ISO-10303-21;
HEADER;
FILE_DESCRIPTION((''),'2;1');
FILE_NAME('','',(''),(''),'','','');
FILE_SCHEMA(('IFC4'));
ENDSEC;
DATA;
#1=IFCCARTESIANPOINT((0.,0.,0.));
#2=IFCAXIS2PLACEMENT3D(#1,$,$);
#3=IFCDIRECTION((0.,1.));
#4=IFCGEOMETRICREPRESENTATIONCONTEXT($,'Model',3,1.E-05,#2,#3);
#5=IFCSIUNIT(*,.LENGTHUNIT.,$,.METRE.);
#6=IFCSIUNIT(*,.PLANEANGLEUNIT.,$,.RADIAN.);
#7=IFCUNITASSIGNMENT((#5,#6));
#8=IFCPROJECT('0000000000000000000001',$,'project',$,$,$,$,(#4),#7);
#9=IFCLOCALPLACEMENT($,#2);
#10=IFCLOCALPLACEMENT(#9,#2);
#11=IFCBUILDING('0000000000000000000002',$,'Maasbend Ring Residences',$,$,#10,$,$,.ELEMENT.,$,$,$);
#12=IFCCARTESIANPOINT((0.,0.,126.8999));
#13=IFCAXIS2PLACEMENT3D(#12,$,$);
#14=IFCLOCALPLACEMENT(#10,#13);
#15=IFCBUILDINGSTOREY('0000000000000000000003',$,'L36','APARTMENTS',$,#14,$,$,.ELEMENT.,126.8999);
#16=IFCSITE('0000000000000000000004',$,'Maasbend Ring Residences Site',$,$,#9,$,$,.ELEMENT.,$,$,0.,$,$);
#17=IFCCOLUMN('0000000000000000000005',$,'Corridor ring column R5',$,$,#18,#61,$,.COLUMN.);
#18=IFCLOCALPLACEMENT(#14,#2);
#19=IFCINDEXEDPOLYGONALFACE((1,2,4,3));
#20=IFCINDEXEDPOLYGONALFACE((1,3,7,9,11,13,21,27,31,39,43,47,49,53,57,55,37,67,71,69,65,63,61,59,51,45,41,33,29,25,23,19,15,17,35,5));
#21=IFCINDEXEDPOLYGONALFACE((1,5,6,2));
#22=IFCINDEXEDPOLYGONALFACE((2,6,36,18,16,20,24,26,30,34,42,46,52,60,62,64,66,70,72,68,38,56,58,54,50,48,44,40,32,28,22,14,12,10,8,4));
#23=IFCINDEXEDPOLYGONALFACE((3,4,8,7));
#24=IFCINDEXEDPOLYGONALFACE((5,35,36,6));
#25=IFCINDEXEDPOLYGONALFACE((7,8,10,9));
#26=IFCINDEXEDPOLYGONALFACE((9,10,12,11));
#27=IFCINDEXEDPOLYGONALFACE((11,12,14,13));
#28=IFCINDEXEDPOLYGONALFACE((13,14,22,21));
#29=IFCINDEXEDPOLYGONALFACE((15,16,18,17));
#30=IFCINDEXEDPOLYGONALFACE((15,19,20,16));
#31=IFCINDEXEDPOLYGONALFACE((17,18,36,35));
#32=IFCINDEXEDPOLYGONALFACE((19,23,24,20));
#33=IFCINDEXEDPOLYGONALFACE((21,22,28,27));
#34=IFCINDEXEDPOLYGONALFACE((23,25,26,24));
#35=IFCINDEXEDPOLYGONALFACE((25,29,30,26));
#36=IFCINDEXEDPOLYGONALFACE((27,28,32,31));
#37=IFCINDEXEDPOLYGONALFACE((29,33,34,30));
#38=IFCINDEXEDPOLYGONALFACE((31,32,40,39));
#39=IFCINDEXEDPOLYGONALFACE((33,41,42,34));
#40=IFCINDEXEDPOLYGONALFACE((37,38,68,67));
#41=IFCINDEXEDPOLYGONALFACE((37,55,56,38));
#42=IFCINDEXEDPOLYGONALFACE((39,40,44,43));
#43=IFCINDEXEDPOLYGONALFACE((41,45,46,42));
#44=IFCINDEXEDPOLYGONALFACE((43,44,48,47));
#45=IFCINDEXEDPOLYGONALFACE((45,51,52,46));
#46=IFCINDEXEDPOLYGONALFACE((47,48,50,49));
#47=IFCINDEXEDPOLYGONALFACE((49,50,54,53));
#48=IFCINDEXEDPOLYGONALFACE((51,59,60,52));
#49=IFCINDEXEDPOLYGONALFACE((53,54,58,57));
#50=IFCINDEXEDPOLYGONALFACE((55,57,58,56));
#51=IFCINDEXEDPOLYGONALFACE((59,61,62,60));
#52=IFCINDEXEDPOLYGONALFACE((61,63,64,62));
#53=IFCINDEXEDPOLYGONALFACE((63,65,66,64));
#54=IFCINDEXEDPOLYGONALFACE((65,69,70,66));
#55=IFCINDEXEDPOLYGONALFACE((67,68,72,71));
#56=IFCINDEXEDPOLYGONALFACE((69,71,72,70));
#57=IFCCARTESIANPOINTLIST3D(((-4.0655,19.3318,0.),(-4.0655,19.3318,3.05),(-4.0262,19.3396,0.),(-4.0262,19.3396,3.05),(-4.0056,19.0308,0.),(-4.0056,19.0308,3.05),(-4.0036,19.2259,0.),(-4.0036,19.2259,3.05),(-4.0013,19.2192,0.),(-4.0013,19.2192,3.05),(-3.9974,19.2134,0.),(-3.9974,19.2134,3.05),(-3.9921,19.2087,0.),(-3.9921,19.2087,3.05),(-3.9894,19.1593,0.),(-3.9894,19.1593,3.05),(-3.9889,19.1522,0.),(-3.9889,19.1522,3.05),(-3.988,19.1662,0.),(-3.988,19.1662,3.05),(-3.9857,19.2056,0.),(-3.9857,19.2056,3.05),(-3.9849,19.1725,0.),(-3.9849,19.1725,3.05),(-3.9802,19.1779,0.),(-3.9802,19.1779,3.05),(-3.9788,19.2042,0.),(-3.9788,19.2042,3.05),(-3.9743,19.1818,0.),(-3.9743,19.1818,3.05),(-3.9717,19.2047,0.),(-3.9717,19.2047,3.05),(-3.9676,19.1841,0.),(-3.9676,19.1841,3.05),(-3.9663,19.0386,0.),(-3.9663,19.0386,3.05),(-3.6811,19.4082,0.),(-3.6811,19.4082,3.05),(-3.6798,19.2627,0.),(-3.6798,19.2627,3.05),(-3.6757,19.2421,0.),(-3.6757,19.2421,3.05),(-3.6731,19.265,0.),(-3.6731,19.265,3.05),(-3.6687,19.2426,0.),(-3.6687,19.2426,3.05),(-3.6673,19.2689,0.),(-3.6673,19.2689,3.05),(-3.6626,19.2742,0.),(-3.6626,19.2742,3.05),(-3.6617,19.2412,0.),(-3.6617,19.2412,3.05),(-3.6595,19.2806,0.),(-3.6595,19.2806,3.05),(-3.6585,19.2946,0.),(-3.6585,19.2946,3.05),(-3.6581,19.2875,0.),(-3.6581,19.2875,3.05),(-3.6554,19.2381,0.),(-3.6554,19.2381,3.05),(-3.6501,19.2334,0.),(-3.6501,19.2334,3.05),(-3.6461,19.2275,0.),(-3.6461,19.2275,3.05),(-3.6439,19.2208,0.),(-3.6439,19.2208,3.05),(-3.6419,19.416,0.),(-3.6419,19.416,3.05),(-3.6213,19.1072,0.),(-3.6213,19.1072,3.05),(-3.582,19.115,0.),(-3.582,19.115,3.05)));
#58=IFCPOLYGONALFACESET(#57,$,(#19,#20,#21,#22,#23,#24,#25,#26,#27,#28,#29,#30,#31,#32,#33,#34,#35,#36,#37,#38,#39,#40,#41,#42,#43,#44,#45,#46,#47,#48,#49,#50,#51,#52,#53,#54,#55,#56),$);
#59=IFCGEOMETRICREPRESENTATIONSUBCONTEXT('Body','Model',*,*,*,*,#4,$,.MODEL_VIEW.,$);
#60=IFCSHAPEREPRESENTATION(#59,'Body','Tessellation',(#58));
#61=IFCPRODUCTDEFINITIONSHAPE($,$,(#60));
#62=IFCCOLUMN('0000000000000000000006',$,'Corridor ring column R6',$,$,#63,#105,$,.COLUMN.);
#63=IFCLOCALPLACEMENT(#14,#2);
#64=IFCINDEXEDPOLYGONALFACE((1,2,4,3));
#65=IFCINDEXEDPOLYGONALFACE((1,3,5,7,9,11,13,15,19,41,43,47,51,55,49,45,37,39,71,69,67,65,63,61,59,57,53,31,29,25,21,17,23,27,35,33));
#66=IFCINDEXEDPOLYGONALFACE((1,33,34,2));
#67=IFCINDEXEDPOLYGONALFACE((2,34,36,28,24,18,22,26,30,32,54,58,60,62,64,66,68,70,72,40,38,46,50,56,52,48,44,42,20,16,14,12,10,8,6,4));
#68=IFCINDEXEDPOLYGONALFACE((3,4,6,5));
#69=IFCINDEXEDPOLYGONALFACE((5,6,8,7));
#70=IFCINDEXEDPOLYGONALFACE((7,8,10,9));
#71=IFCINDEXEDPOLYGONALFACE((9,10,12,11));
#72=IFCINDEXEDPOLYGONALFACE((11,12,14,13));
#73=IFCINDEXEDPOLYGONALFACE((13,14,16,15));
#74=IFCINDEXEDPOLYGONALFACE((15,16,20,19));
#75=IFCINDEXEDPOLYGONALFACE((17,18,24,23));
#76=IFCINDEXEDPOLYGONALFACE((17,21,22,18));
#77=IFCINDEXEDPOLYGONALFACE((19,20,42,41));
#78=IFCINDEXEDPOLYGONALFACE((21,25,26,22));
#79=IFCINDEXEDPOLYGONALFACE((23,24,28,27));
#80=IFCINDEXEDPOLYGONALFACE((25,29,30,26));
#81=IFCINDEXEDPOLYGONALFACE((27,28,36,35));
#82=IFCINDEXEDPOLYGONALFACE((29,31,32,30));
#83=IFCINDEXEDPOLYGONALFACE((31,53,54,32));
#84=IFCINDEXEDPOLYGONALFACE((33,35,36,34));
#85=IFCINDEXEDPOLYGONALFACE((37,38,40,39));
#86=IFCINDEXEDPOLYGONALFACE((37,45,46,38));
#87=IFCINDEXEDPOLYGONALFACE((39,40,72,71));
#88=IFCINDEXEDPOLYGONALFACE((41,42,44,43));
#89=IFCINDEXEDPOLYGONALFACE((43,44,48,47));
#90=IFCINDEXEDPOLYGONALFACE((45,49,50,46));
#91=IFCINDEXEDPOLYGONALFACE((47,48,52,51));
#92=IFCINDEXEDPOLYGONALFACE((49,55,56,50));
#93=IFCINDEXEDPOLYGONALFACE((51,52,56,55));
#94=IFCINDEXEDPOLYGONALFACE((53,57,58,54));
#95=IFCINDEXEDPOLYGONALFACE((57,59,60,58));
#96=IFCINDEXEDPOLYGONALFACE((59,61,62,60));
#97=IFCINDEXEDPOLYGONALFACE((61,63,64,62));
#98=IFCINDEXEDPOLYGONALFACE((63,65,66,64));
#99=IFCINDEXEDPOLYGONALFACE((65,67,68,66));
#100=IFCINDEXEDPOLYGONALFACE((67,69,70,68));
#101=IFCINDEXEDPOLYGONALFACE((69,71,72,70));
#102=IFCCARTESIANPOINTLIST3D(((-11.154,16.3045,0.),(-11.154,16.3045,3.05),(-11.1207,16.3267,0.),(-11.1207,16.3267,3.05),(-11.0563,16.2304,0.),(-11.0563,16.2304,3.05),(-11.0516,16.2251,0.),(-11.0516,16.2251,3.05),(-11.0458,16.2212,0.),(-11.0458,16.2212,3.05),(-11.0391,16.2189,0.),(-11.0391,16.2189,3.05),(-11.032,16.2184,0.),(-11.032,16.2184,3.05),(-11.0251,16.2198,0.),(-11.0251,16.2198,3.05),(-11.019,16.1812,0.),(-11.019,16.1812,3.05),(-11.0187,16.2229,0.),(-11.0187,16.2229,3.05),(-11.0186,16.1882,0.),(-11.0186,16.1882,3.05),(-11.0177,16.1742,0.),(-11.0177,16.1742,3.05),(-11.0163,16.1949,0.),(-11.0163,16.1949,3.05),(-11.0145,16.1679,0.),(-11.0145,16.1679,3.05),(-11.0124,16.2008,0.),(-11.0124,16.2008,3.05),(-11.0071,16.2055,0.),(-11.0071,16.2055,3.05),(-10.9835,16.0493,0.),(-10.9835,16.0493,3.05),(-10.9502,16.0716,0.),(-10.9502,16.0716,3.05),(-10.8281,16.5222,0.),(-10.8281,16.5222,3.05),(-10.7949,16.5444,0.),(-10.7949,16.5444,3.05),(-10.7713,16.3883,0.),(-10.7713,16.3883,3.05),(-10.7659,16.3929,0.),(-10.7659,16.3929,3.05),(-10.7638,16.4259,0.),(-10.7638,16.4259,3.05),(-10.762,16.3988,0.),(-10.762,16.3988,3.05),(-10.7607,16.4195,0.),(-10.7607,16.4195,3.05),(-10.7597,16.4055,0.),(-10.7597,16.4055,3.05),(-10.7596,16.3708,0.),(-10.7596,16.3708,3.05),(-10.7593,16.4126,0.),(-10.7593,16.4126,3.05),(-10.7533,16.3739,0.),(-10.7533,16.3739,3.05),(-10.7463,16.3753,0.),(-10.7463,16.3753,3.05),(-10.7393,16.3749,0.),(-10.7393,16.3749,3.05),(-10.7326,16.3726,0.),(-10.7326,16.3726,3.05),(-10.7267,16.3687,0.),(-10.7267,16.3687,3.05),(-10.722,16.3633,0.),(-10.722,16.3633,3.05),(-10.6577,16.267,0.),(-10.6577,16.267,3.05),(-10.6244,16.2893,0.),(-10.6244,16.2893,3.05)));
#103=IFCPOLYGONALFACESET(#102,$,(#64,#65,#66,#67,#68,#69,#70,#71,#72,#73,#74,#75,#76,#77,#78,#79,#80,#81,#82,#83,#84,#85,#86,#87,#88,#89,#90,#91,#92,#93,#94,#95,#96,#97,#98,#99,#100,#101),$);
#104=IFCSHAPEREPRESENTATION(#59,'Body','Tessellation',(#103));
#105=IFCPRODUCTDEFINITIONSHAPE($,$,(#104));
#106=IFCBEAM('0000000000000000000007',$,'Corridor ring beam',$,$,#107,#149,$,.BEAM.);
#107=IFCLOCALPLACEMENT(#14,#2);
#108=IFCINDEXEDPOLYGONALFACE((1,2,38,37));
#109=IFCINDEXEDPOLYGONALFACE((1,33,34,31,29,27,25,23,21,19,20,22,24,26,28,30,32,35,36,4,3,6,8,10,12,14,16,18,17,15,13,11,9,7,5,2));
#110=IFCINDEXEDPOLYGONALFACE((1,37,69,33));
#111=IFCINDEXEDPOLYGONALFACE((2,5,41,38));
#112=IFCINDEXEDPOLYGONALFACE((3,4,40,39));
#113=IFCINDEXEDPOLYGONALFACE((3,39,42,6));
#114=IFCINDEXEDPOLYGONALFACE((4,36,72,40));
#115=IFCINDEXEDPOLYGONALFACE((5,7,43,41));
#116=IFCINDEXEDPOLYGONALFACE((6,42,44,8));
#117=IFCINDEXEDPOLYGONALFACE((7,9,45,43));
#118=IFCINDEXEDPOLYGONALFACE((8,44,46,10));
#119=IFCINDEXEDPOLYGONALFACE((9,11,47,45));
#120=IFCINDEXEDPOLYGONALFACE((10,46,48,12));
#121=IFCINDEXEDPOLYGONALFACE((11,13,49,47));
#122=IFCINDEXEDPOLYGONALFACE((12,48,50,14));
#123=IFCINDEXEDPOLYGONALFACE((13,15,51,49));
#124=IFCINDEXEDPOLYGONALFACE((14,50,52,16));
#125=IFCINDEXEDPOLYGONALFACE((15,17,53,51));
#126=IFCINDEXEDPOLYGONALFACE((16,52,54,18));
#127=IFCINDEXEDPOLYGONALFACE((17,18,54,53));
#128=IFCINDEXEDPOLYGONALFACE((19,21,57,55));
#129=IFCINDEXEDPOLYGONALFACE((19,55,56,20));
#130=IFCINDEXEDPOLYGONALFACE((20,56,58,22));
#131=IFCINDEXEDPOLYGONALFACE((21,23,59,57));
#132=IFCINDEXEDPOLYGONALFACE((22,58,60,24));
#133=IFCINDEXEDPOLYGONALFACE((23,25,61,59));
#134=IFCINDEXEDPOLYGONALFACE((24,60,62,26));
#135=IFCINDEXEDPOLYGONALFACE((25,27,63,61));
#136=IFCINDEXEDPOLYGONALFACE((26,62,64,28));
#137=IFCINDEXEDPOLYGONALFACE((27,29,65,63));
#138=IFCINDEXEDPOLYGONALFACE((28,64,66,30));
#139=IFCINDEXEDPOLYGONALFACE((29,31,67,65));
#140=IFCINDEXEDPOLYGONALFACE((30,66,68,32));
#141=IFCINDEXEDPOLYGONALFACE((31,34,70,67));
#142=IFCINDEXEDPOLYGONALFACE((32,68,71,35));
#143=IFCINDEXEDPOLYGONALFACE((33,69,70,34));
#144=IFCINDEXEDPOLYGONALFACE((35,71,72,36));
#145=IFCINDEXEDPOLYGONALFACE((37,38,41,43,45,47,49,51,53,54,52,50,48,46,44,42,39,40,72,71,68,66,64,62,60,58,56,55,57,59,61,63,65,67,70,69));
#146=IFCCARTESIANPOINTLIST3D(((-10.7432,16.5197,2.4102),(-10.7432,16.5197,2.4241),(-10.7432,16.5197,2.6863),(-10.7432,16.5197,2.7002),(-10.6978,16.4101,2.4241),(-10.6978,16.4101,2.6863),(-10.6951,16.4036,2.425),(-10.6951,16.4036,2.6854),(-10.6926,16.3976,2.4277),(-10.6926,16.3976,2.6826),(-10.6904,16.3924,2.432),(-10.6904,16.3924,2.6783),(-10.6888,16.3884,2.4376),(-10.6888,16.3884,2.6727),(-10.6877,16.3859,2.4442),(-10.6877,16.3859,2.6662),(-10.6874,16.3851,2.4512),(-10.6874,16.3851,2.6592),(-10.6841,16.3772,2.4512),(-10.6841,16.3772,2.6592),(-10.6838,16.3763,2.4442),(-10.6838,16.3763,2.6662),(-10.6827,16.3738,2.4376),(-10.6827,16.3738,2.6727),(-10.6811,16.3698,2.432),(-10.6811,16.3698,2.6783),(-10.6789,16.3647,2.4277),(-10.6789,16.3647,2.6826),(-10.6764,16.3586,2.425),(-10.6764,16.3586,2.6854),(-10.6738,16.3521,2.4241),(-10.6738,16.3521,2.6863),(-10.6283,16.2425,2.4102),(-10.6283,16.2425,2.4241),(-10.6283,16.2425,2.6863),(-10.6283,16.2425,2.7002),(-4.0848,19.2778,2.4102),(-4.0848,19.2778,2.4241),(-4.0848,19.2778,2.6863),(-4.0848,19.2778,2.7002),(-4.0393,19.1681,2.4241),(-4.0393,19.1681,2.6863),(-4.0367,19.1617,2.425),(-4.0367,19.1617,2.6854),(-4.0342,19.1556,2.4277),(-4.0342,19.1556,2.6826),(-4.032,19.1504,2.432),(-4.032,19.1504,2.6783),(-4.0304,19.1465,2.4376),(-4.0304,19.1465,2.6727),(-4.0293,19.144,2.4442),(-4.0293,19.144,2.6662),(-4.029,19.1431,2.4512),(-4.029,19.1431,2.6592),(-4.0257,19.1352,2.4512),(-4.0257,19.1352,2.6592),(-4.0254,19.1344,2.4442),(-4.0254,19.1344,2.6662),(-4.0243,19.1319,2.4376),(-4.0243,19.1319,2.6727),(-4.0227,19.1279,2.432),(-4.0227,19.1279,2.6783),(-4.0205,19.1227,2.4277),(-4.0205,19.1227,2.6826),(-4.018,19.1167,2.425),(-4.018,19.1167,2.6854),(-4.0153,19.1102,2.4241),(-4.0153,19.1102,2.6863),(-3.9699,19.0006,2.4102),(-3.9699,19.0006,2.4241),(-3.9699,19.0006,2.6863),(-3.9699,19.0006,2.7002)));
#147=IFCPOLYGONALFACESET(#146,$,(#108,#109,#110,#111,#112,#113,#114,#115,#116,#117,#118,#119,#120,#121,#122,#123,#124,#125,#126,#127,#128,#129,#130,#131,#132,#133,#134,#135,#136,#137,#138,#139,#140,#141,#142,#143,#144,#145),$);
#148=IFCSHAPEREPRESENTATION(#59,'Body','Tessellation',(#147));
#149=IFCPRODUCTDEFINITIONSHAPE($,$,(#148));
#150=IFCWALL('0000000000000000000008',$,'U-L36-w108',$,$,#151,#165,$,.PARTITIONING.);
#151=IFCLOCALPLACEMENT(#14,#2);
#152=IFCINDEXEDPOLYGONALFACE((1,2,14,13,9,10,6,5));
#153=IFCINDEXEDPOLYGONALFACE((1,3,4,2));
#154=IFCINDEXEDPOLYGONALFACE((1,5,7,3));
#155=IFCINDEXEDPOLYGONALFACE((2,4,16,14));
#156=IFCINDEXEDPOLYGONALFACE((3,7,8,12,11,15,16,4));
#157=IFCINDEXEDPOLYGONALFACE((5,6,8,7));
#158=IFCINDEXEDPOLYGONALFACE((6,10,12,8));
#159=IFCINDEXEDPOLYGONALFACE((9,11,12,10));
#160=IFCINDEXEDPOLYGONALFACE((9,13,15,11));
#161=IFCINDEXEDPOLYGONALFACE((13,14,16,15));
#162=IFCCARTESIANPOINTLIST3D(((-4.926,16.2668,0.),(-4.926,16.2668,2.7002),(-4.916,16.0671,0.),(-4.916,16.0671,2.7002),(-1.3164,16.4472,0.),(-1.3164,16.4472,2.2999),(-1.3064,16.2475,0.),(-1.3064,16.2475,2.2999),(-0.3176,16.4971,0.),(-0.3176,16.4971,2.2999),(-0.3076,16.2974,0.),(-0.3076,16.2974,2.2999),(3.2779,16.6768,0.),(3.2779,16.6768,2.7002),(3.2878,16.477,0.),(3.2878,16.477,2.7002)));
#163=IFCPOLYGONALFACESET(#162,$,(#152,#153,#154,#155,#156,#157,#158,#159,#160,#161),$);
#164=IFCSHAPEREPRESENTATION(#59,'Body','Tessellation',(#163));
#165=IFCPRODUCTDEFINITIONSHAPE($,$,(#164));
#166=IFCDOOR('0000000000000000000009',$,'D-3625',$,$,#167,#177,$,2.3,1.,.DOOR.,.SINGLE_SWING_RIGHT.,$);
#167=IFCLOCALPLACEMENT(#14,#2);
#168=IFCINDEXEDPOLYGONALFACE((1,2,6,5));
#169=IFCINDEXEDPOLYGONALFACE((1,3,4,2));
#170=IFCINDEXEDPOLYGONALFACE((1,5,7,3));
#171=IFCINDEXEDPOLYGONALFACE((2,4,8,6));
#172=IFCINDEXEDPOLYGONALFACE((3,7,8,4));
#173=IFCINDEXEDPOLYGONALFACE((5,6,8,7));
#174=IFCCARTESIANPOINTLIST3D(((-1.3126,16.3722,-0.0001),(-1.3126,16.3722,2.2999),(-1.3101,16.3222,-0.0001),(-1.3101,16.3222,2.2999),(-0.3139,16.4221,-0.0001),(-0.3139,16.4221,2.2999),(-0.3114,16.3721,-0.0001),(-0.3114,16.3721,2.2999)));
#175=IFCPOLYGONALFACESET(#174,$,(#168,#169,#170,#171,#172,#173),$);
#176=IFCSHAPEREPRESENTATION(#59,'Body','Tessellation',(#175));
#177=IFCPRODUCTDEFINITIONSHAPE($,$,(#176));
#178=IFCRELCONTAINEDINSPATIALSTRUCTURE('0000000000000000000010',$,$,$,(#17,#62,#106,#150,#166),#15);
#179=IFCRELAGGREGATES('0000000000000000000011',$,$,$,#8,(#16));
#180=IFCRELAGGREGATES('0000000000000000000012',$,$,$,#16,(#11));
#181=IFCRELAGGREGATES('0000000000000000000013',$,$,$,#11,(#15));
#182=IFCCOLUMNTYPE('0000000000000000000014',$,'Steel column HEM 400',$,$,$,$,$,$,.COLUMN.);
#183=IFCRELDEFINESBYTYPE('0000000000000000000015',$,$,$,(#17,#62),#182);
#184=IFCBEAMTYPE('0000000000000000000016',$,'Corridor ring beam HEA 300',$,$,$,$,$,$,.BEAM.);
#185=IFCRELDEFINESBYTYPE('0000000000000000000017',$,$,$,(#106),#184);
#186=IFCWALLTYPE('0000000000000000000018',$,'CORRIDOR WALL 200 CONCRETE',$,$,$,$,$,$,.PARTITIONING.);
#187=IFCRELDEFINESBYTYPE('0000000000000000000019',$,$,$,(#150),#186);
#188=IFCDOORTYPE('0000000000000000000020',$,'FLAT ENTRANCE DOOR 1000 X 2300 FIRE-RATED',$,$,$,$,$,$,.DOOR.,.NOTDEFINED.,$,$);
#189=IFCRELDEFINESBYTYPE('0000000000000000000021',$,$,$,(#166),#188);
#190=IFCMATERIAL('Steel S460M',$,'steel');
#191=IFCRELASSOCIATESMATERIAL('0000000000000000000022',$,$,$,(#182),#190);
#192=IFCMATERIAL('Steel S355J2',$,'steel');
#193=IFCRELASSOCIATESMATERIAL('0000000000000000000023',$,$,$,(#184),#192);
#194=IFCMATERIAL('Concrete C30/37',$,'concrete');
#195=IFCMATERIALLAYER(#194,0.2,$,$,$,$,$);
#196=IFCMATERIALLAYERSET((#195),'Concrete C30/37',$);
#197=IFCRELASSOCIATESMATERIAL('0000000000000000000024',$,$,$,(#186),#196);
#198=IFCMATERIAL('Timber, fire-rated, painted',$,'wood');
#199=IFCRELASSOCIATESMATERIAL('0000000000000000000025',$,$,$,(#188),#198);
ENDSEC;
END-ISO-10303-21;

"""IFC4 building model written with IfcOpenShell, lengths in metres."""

from ifc_helpers import new_model, si_unit, direction, frame, frame_2d, origin, origin_2d, place, context, subcontext, project, spatial, rectangle, i_section, extrude, material, layer, layer_set, material_profile, profile_set, type_object, element, fill, save


model = new_model("IFC4")

# Units and contexts
model_context = context("Model", 3, precision=1e-05, world=origin(), true_north=direction((0.0, 1.0)))
body_context = subcontext(model_context, "Body", "Model", "MODEL_VIEW")
ifc_project = project(units=[si_unit("LENGTHUNIT", "METRE"), si_unit("PLANEANGLEUNIT", "RADIAN")], contexts=[model_context])

# Site, building, storey
site_placement = place(None, origin())
site = spatial("IfcSite", under=ifc_project, at=site_placement, Name="Maasbend Ring Residences Site", CompositionType="ELEMENT", RefElevation=0.0)
building_placement = place(site_placement, origin())
building = spatial("IfcBuilding", under=site, at=building_placement, Name="Maasbend Ring Residences", CompositionType="ELEMENT")
storey_placement = place(building_placement, frame((0.0, 0.0, 126.8999)))
storey = spatial("IfcBuildingStorey", under=building, at=storey_placement, Name="L36", Description="APARTMENTS", CompositionType="ELEMENT", Elevation=126.8999)

# Columns
ifc_material_1 = material(Name="Steel S460M", Category="steel")
ifc_material_profile_1 = material_profile(ifc_material_1, i_section(OverallWidth=0.3069, OverallDepth=0.4319, WebThickness=0.021, FlangeThickness=0.04, FilletRadius=0.0271, at=origin_2d()), Name="HEM 400")
ifc_profile_set_1 = profile_set([ifc_material_profile_1], Name="Steel S460M")
column_type = type_object("IfcColumnType", Name="Steel column HEM 400", PredefinedType="COLUMN", material=ifc_profile_set_1)
for number, where, z_axis, x_axis, name in (
    (1, (-3.8237, 19.2234, 0.0), (0.0, 0.0, 1.0), (-0.19509, 0.980785, 0.0), "Corridor ring column R5"),
    (2, (-10.8892, 16.2969, 0.0), (0.0, 0.0, 1.0), (-0.55557, 0.83147, 0.0), "Corridor ring column R6"),
):
    element("IfcColumn", number, at=place(storey_placement, frame(where, z_axis=z_axis, x_axis=x_axis)), inside=storey, type_object=column_type, Name=name, PredefinedType="COLUMN", context=body_context, shape_type="SweptSolid", body=[
        extrude(i_section(OverallWidth=0.3069, OverallDepth=0.4319, WebThickness=0.021, FlangeThickness=0.04, FilletRadius=0.0271, at=origin_2d()), origin(), (0.0, 0.0, 1.0), 3.05),
    ])

# Beam
ifc_material_2 = material(Name="Steel S355J2", Category="steel")
ifc_material_profile_2 = material_profile(ifc_material_2, i_section(OverallWidth=0.3, OverallDepth=0.29, WebThickness=0.0085, FlangeThickness=0.0139, FilletRadius=0.0271, at=origin_2d()), Name="HEA 300")
ifc_profile_set_2 = profile_set([ifc_material_profile_2], Name="Steel S355J2")
beam_type = type_object("IfcBeamType", Name="Corridor ring beam HEA 300", PredefinedType="BEAM", material=ifc_profile_set_2)
beam_placement = place(storey_placement, frame((-4.0273, 19.1392, 2.5552), z_axis=(-0.923878, -0.382688, 0.0), x_axis=(0.382688, -0.923878, 0.0)))
element("IfcBeam", 3, at=beam_placement, inside=storey, type_object=beam_type, Name="Corridor ring beam", PredefinedType="BEAM", context=body_context, shape_type="SweptSolid", body=[
    extrude(i_section(OverallWidth=0.3, OverallDepth=0.29, WebThickness=0.0085, FlangeThickness=0.0139, FilletRadius=0.0271, at=origin_2d()), origin(), (0.0, 0.0, 1.0), 7.207),
])

# Wall, opening, door
ifc_material_3 = material(Name="Concrete C30/37", Category="concrete")
ifc_layer_1 = layer(ifc_material_3, 0.2)
ifc_layer_set_1 = layer_set([ifc_layer_1], Name="Concrete C30/37")
wall_type_1 = type_object("IfcWallType", Name="CORRIDOR WALL 200 CONCRETE", PredefinedType="PARTITIONING", material=ifc_layer_set_1)
wall_1_placement = place(storey_placement, frame((-4.9209, 16.167, 0.0), z_axis=(0.0, 0.0, 1.0), x_axis=(0.998754, 0.049904, 0.0)))
wall_1 = element("IfcWall", 4, at=wall_1_placement, inside=storey, type_object=wall_type_1, Name="U-L36-w108", PredefinedType="PARTITIONING", context=body_context, shape_type="SweptSolid", body=[
    extrude(rectangle(XDim=8.2141, YDim=0.2, at=frame_2d((4.1069, 0.0))), origin(), (0.0, 0.0, 1.0), 2.7002),
])
opening_1_placement = place(wall_1_placement, frame((3.614, 0.0, 0.0)))
opening_1 = element("IfcOpeningElement", 5, at=opening_1_placement, cuts=wall_1, PredefinedType="OPENING", context=body_context, shape_type="SweptSolid", body=[
    extrude(rectangle(XDim=1.0, YDim=2.3, at=frame_2d((0.5, 1.1499))), frame((0.0, 0.1099, 0.0), z_axis=(0.0, -1.0, 0.0), x_axis=(1.0, 0.0, 0.0)), (0.0, 0.0, 1.0), 0.22),
])
ifc_material_4 = material(Name="Timber, fire-rated, painted", Category="wood")
door_type_1 = type_object("IfcDoorType", Name="FLAT ENTRANCE DOOR 1000 X 2300 FIRE-RATED", OperationType="NOTDEFINED", PredefinedType="DOOR", material=ifc_material_4)
door_1_placement = place(opening_1_placement, origin())
door_1 = element("IfcDoor", 6, at=door_1_placement, inside=storey, type_object=door_type_1, Name="D-3625", OperationType="SINGLE_SWING_RIGHT", OverallHeight=2.3, OverallWidth=1.0, PredefinedType="DOOR", context=body_context, shape_type="SweptSolid", body=[
    extrude(rectangle(XDim=1.0, YDim=2.3, at=frame_2d((0.5, 1.1499))), frame((0.0, 0.0249, 0.0), z_axis=(0.0, -1.0, 0.0), x_axis=(1.0, 0.0, 0.0)), (0.0, 0.0, 1.0), 0.05),
])
fill(opening_1, door_1)

save(model, "model.ifc")
